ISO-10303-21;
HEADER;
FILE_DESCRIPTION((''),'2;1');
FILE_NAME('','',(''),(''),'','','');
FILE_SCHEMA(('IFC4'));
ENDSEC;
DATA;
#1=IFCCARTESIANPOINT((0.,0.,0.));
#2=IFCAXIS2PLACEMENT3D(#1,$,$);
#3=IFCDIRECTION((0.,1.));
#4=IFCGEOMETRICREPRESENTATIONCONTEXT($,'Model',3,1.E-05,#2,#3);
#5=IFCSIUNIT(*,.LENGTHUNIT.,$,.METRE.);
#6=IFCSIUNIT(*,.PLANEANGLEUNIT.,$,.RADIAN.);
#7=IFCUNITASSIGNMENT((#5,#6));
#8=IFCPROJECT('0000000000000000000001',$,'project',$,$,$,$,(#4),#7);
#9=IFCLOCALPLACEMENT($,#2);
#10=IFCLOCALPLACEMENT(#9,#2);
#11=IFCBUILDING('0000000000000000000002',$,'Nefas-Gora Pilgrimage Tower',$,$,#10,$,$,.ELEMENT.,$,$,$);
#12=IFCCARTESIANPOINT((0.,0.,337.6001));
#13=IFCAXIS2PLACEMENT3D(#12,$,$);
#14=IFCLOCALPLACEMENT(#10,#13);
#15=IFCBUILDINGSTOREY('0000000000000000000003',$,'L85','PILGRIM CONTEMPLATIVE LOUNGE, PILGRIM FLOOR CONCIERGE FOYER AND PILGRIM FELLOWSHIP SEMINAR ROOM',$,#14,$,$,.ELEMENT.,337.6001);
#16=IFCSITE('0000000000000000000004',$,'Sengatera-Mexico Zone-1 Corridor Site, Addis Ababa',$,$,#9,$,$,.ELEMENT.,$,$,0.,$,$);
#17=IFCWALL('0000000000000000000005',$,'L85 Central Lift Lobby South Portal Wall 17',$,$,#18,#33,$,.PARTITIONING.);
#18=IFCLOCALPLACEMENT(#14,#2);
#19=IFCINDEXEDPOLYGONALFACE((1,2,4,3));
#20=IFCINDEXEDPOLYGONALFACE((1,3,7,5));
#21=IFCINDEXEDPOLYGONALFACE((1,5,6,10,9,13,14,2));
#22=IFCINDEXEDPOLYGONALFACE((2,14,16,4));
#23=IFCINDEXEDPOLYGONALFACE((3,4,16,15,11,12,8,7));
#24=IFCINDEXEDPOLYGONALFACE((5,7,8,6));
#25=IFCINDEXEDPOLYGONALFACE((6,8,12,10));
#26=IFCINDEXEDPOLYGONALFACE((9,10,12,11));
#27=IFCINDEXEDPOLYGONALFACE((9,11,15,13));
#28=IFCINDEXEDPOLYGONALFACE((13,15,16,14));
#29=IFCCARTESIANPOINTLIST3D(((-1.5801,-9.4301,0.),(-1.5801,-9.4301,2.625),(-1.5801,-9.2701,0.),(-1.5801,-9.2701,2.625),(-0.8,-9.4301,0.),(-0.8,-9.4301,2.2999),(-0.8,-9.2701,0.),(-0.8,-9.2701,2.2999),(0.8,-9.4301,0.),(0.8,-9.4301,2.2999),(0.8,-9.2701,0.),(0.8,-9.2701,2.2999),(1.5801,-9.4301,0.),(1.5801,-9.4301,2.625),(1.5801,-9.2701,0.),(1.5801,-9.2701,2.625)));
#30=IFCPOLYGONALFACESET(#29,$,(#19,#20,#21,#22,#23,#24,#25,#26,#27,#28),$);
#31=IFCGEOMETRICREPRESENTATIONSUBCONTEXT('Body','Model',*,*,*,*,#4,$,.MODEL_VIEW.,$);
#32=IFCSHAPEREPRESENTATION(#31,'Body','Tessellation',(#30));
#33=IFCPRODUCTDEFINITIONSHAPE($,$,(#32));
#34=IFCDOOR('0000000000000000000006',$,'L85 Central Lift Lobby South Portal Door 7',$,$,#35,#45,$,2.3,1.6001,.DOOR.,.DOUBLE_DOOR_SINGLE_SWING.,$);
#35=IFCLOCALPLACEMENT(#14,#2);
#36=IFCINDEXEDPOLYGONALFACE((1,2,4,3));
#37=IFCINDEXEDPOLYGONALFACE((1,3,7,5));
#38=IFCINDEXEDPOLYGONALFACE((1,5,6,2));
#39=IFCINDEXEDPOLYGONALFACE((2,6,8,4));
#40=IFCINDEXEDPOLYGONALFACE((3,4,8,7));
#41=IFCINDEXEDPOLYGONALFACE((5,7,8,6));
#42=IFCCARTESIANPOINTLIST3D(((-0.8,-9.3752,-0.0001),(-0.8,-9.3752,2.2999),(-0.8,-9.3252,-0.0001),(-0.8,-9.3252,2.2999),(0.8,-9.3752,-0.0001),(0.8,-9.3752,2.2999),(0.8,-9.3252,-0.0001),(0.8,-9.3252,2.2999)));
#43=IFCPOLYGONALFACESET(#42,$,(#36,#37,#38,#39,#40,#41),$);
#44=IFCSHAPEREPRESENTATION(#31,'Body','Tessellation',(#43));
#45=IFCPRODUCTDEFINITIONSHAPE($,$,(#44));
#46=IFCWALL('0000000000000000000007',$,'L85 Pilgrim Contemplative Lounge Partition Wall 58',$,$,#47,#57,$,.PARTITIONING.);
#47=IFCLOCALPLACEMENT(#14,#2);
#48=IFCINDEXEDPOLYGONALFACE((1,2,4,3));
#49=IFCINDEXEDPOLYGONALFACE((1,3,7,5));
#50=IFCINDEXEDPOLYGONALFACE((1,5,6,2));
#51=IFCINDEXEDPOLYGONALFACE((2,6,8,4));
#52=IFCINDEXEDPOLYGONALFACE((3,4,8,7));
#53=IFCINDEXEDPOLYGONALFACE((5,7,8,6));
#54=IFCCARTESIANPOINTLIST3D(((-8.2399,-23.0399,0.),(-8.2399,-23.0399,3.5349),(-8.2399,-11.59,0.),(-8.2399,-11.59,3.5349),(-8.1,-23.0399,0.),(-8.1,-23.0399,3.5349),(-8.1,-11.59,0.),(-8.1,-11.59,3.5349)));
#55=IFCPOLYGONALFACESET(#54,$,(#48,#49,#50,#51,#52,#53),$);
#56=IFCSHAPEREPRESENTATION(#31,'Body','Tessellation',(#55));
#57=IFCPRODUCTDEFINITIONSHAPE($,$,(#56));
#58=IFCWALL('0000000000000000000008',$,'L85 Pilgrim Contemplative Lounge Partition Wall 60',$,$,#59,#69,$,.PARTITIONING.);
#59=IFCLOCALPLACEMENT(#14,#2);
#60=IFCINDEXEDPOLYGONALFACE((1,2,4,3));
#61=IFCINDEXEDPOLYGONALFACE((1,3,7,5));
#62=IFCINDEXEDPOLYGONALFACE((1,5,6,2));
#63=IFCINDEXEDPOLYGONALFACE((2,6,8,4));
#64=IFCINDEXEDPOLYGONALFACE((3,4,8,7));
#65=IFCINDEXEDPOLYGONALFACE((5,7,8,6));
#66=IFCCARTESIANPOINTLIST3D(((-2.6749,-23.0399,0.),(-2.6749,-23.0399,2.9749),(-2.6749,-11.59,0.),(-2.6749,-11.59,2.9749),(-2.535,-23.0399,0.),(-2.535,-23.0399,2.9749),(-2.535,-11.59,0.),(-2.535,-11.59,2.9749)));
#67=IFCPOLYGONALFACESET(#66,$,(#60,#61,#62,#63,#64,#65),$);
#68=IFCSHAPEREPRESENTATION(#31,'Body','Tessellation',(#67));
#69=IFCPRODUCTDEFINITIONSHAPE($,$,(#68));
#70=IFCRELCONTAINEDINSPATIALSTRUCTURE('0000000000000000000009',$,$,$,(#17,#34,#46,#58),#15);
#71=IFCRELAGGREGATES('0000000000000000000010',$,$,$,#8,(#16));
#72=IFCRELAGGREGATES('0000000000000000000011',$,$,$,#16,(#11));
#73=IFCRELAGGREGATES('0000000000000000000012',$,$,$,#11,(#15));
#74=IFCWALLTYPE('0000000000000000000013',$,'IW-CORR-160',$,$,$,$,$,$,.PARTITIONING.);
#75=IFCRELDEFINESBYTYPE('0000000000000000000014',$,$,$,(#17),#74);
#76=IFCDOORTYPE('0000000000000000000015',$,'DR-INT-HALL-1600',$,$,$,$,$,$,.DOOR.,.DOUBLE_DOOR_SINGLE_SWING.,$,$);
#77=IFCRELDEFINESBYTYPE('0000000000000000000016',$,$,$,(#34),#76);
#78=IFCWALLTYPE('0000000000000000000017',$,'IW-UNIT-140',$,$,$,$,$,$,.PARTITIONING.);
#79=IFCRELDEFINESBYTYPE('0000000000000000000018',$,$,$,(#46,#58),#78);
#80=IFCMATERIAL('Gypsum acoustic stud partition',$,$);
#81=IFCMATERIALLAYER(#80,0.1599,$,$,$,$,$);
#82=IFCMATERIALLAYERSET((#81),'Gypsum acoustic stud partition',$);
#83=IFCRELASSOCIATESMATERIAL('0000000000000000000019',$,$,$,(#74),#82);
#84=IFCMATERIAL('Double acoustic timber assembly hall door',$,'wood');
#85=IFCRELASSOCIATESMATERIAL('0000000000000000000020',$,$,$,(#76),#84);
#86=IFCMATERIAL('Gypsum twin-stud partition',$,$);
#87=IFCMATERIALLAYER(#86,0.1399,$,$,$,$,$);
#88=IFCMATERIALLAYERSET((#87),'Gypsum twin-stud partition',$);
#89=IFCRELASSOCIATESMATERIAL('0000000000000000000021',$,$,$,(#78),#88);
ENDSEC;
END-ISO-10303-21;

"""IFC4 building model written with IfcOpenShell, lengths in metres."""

from ifc_helpers import new_model, si_unit, direction, frame, frame_2d, origin, place, context, subcontext, project, spatial, rectangle, extrude, source, transform, mapped, material, layer, layer_set, type_object, element, fill, save


model = new_model("IFC4")

# Units and contexts
model_context = context("Model", 3, precision=1e-05, world=origin(), true_north=direction((0.0, 1.0)))
body_context = subcontext(model_context, "Body", "Model", "MODEL_VIEW")
ifc_project = project(units=[si_unit("LENGTHUNIT", "METRE"), si_unit("PLANEANGLEUNIT", "RADIAN")], contexts=[model_context])

# Site, building, storey
site_placement = place(None, origin())
site = spatial("IfcSite", under=ifc_project, at=site_placement, Name="Sengatera-Mexico Zone-1 Corridor Site, Addis Ababa", CompositionType="ELEMENT", RefElevation=0.0)
building_placement = place(site_placement, origin())
building = spatial("IfcBuilding", under=site, at=building_placement, Name="Nefas-Gora Pilgrimage Tower", CompositionType="ELEMENT")
storey_placement = place(building_placement, frame((0.0, 0.0, 337.6001)))
storey = spatial("IfcBuildingStorey", under=building, at=storey_placement, Name="L85", Description="PILGRIM CONTEMPLATIVE LOUNGE, PILGRIM FLOOR CONCIERGE FOYER AND PILGRIM FELLOWSHIP SEMINAR ROOM", CompositionType="ELEMENT", Elevation=337.6001)

# Wall, opening, door
ifc_material_1 = material(Name="Gypsum acoustic stud partition")
ifc_layer_1 = layer(ifc_material_1, 0.1599)
ifc_layer_set_1 = layer_set([ifc_layer_1], Name="Gypsum acoustic stud partition")
wall_type_1 = type_object("IfcWallType", Name="IW-CORR-160", PredefinedType="PARTITIONING", material=ifc_layer_set_1)
shared_shape_1 = source(origin(), body_context, "Body", "SweptSolid", [
    extrude(rectangle(XDim=3.1602, YDim=0.1599, at=frame_2d((1.5801, 0.0))), origin(), (0.0, 0.0, 1.0), 2.625),
])
wall_1_placement = place(storey_placement, frame((-1.5801, -9.3501, 0.0), z_axis=(0.0, 0.0, 1.0), x_axis=(1.0, 0.0, 0.0)))
wall_1 = element("IfcWall", 1, at=wall_1_placement, inside=storey, type_object=wall_type_1, Name="L85 Central Lift Lobby South Portal Wall 17", PredefinedType="PARTITIONING", context=body_context, shape_type="MappedRepresentation", body=[
    mapped(shared_shape_1, transform((0.0, 0.0, 0.0), x_axis=(1.0, 0.0, 0.0), y_axis=(0.0, 1.0, 0.0), z_axis=(0.0, 0.0, 1.0), scale=1.0)),
])
opening_1_placement = place(wall_1_placement, frame((0.78, 0.0, 0.0)))
opening_1 = element("IfcOpeningElement", 2, at=opening_1_placement, cuts=wall_1, PredefinedType="OPENING", context=body_context, shape_type="SweptSolid", body=[
    extrude(rectangle(XDim=1.6001, YDim=2.3, at=frame_2d((0.8, 1.1499))), frame((0.0, 0.0898, 0.0), z_axis=(0.0, -1.0, 0.0), x_axis=(1.0, 0.0, 0.0)), (0.0, 0.0, 1.0), 0.1799),
])
ifc_material_2 = material(Name="Double acoustic timber assembly hall door", Category="wood")
door_type_1 = type_object("IfcDoorType", Name="DR-INT-HALL-1600", OperationType="DOUBLE_DOOR_SINGLE_SWING", PredefinedType="DOOR", material=ifc_material_2)
shared_shape_2 = source(origin(), body_context, "Body", "SweptSolid", [
    extrude(rectangle(XDim=1.6001, YDim=2.3, at=frame_2d((0.8, 1.1499))), frame((0.0, 0.0249, 0.0), z_axis=(0.0, -1.0, 0.0), x_axis=(1.0, 0.0, 0.0)), (0.0, 0.0, 1.0), 0.05),
])
door_1_placement = place(opening_1_placement, origin())
door_1 = element("IfcDoor", 3, at=door_1_placement, inside=storey, type_object=door_type_1, Name="L85 Central Lift Lobby South Portal Door 7", OperationType="DOUBLE_DOOR_SINGLE_SWING", OverallHeight=2.3, OverallWidth=1.6001, PredefinedType="DOOR", context=body_context, shape_type="MappedRepresentation", body=[
    mapped(shared_shape_2, transform((0.0, 0.0, 0.0), x_axis=(1.0, 0.0, 0.0), y_axis=(0.0, 1.0, 0.0), z_axis=(0.0, 0.0, 1.0), scale=1.0)),
])
fill(opening_1, door_1)

# Walls
ifc_material_3 = material(Name="Gypsum twin-stud partition")
ifc_layer_2 = layer(ifc_material_3, 0.1399)
ifc_layer_set_2 = layer_set([ifc_layer_2], Name="Gypsum twin-stud partition")
wall_type_2 = type_object("IfcWallType", Name="IW-UNIT-140", PredefinedType="PARTITIONING", material=ifc_layer_set_2)
shared_shape_3 = source(origin(), body_context, "Body", "SweptSolid", [
    extrude(rectangle(XDim=11.45, YDim=0.1399, at=frame_2d((5.7251, 0.0))), origin(), (0.0, 0.0, 1.0), 3.5349),
])
wall_2_placement = place(storey_placement, frame((-8.1699, -23.04, 0.0), z_axis=(0.0, 0.0, 1.0), x_axis=(0.0, 1.0, 0.0)))
element("IfcWall", 4, at=wall_2_placement, inside=storey, type_object=wall_type_2, Name="L85 Pilgrim Contemplative Lounge Partition Wall 58", PredefinedType="PARTITIONING", context=body_context, shape_type="MappedRepresentation", body=[
    mapped(shared_shape_3, transform((0.0, 0.0, 0.0), x_axis=(1.0, 0.0, 0.0), y_axis=(0.0, 1.0, 0.0), z_axis=(0.0, 0.0, 1.0), scale=1.0)),
])
shared_shape_4 = source(origin(), body_context, "Body", "SweptSolid", [
    extrude(rectangle(XDim=11.45, YDim=0.1399, at=frame_2d((5.7251, 0.0))), origin(), (0.0, 0.0, 1.0), 2.9749),
])
wall_3_placement = place(storey_placement, frame((-2.605, -23.04, 0.0), z_axis=(0.0, 0.0, 1.0), x_axis=(0.0, 1.0, 0.0)))
element("IfcWall", 5, at=wall_3_placement, inside=storey, type_object=wall_type_2, Name="L85 Pilgrim Contemplative Lounge Partition Wall 60", PredefinedType="PARTITIONING", context=body_context, shape_type="MappedRepresentation", body=[
    mapped(shared_shape_4, transform((0.0, 0.0, 0.0), x_axis=(1.0, 0.0, 0.0), y_axis=(0.0, 1.0, 0.0), z_axis=(0.0, 0.0, 1.0), scale=1.0)),
])

save(model, "model.ifc")
